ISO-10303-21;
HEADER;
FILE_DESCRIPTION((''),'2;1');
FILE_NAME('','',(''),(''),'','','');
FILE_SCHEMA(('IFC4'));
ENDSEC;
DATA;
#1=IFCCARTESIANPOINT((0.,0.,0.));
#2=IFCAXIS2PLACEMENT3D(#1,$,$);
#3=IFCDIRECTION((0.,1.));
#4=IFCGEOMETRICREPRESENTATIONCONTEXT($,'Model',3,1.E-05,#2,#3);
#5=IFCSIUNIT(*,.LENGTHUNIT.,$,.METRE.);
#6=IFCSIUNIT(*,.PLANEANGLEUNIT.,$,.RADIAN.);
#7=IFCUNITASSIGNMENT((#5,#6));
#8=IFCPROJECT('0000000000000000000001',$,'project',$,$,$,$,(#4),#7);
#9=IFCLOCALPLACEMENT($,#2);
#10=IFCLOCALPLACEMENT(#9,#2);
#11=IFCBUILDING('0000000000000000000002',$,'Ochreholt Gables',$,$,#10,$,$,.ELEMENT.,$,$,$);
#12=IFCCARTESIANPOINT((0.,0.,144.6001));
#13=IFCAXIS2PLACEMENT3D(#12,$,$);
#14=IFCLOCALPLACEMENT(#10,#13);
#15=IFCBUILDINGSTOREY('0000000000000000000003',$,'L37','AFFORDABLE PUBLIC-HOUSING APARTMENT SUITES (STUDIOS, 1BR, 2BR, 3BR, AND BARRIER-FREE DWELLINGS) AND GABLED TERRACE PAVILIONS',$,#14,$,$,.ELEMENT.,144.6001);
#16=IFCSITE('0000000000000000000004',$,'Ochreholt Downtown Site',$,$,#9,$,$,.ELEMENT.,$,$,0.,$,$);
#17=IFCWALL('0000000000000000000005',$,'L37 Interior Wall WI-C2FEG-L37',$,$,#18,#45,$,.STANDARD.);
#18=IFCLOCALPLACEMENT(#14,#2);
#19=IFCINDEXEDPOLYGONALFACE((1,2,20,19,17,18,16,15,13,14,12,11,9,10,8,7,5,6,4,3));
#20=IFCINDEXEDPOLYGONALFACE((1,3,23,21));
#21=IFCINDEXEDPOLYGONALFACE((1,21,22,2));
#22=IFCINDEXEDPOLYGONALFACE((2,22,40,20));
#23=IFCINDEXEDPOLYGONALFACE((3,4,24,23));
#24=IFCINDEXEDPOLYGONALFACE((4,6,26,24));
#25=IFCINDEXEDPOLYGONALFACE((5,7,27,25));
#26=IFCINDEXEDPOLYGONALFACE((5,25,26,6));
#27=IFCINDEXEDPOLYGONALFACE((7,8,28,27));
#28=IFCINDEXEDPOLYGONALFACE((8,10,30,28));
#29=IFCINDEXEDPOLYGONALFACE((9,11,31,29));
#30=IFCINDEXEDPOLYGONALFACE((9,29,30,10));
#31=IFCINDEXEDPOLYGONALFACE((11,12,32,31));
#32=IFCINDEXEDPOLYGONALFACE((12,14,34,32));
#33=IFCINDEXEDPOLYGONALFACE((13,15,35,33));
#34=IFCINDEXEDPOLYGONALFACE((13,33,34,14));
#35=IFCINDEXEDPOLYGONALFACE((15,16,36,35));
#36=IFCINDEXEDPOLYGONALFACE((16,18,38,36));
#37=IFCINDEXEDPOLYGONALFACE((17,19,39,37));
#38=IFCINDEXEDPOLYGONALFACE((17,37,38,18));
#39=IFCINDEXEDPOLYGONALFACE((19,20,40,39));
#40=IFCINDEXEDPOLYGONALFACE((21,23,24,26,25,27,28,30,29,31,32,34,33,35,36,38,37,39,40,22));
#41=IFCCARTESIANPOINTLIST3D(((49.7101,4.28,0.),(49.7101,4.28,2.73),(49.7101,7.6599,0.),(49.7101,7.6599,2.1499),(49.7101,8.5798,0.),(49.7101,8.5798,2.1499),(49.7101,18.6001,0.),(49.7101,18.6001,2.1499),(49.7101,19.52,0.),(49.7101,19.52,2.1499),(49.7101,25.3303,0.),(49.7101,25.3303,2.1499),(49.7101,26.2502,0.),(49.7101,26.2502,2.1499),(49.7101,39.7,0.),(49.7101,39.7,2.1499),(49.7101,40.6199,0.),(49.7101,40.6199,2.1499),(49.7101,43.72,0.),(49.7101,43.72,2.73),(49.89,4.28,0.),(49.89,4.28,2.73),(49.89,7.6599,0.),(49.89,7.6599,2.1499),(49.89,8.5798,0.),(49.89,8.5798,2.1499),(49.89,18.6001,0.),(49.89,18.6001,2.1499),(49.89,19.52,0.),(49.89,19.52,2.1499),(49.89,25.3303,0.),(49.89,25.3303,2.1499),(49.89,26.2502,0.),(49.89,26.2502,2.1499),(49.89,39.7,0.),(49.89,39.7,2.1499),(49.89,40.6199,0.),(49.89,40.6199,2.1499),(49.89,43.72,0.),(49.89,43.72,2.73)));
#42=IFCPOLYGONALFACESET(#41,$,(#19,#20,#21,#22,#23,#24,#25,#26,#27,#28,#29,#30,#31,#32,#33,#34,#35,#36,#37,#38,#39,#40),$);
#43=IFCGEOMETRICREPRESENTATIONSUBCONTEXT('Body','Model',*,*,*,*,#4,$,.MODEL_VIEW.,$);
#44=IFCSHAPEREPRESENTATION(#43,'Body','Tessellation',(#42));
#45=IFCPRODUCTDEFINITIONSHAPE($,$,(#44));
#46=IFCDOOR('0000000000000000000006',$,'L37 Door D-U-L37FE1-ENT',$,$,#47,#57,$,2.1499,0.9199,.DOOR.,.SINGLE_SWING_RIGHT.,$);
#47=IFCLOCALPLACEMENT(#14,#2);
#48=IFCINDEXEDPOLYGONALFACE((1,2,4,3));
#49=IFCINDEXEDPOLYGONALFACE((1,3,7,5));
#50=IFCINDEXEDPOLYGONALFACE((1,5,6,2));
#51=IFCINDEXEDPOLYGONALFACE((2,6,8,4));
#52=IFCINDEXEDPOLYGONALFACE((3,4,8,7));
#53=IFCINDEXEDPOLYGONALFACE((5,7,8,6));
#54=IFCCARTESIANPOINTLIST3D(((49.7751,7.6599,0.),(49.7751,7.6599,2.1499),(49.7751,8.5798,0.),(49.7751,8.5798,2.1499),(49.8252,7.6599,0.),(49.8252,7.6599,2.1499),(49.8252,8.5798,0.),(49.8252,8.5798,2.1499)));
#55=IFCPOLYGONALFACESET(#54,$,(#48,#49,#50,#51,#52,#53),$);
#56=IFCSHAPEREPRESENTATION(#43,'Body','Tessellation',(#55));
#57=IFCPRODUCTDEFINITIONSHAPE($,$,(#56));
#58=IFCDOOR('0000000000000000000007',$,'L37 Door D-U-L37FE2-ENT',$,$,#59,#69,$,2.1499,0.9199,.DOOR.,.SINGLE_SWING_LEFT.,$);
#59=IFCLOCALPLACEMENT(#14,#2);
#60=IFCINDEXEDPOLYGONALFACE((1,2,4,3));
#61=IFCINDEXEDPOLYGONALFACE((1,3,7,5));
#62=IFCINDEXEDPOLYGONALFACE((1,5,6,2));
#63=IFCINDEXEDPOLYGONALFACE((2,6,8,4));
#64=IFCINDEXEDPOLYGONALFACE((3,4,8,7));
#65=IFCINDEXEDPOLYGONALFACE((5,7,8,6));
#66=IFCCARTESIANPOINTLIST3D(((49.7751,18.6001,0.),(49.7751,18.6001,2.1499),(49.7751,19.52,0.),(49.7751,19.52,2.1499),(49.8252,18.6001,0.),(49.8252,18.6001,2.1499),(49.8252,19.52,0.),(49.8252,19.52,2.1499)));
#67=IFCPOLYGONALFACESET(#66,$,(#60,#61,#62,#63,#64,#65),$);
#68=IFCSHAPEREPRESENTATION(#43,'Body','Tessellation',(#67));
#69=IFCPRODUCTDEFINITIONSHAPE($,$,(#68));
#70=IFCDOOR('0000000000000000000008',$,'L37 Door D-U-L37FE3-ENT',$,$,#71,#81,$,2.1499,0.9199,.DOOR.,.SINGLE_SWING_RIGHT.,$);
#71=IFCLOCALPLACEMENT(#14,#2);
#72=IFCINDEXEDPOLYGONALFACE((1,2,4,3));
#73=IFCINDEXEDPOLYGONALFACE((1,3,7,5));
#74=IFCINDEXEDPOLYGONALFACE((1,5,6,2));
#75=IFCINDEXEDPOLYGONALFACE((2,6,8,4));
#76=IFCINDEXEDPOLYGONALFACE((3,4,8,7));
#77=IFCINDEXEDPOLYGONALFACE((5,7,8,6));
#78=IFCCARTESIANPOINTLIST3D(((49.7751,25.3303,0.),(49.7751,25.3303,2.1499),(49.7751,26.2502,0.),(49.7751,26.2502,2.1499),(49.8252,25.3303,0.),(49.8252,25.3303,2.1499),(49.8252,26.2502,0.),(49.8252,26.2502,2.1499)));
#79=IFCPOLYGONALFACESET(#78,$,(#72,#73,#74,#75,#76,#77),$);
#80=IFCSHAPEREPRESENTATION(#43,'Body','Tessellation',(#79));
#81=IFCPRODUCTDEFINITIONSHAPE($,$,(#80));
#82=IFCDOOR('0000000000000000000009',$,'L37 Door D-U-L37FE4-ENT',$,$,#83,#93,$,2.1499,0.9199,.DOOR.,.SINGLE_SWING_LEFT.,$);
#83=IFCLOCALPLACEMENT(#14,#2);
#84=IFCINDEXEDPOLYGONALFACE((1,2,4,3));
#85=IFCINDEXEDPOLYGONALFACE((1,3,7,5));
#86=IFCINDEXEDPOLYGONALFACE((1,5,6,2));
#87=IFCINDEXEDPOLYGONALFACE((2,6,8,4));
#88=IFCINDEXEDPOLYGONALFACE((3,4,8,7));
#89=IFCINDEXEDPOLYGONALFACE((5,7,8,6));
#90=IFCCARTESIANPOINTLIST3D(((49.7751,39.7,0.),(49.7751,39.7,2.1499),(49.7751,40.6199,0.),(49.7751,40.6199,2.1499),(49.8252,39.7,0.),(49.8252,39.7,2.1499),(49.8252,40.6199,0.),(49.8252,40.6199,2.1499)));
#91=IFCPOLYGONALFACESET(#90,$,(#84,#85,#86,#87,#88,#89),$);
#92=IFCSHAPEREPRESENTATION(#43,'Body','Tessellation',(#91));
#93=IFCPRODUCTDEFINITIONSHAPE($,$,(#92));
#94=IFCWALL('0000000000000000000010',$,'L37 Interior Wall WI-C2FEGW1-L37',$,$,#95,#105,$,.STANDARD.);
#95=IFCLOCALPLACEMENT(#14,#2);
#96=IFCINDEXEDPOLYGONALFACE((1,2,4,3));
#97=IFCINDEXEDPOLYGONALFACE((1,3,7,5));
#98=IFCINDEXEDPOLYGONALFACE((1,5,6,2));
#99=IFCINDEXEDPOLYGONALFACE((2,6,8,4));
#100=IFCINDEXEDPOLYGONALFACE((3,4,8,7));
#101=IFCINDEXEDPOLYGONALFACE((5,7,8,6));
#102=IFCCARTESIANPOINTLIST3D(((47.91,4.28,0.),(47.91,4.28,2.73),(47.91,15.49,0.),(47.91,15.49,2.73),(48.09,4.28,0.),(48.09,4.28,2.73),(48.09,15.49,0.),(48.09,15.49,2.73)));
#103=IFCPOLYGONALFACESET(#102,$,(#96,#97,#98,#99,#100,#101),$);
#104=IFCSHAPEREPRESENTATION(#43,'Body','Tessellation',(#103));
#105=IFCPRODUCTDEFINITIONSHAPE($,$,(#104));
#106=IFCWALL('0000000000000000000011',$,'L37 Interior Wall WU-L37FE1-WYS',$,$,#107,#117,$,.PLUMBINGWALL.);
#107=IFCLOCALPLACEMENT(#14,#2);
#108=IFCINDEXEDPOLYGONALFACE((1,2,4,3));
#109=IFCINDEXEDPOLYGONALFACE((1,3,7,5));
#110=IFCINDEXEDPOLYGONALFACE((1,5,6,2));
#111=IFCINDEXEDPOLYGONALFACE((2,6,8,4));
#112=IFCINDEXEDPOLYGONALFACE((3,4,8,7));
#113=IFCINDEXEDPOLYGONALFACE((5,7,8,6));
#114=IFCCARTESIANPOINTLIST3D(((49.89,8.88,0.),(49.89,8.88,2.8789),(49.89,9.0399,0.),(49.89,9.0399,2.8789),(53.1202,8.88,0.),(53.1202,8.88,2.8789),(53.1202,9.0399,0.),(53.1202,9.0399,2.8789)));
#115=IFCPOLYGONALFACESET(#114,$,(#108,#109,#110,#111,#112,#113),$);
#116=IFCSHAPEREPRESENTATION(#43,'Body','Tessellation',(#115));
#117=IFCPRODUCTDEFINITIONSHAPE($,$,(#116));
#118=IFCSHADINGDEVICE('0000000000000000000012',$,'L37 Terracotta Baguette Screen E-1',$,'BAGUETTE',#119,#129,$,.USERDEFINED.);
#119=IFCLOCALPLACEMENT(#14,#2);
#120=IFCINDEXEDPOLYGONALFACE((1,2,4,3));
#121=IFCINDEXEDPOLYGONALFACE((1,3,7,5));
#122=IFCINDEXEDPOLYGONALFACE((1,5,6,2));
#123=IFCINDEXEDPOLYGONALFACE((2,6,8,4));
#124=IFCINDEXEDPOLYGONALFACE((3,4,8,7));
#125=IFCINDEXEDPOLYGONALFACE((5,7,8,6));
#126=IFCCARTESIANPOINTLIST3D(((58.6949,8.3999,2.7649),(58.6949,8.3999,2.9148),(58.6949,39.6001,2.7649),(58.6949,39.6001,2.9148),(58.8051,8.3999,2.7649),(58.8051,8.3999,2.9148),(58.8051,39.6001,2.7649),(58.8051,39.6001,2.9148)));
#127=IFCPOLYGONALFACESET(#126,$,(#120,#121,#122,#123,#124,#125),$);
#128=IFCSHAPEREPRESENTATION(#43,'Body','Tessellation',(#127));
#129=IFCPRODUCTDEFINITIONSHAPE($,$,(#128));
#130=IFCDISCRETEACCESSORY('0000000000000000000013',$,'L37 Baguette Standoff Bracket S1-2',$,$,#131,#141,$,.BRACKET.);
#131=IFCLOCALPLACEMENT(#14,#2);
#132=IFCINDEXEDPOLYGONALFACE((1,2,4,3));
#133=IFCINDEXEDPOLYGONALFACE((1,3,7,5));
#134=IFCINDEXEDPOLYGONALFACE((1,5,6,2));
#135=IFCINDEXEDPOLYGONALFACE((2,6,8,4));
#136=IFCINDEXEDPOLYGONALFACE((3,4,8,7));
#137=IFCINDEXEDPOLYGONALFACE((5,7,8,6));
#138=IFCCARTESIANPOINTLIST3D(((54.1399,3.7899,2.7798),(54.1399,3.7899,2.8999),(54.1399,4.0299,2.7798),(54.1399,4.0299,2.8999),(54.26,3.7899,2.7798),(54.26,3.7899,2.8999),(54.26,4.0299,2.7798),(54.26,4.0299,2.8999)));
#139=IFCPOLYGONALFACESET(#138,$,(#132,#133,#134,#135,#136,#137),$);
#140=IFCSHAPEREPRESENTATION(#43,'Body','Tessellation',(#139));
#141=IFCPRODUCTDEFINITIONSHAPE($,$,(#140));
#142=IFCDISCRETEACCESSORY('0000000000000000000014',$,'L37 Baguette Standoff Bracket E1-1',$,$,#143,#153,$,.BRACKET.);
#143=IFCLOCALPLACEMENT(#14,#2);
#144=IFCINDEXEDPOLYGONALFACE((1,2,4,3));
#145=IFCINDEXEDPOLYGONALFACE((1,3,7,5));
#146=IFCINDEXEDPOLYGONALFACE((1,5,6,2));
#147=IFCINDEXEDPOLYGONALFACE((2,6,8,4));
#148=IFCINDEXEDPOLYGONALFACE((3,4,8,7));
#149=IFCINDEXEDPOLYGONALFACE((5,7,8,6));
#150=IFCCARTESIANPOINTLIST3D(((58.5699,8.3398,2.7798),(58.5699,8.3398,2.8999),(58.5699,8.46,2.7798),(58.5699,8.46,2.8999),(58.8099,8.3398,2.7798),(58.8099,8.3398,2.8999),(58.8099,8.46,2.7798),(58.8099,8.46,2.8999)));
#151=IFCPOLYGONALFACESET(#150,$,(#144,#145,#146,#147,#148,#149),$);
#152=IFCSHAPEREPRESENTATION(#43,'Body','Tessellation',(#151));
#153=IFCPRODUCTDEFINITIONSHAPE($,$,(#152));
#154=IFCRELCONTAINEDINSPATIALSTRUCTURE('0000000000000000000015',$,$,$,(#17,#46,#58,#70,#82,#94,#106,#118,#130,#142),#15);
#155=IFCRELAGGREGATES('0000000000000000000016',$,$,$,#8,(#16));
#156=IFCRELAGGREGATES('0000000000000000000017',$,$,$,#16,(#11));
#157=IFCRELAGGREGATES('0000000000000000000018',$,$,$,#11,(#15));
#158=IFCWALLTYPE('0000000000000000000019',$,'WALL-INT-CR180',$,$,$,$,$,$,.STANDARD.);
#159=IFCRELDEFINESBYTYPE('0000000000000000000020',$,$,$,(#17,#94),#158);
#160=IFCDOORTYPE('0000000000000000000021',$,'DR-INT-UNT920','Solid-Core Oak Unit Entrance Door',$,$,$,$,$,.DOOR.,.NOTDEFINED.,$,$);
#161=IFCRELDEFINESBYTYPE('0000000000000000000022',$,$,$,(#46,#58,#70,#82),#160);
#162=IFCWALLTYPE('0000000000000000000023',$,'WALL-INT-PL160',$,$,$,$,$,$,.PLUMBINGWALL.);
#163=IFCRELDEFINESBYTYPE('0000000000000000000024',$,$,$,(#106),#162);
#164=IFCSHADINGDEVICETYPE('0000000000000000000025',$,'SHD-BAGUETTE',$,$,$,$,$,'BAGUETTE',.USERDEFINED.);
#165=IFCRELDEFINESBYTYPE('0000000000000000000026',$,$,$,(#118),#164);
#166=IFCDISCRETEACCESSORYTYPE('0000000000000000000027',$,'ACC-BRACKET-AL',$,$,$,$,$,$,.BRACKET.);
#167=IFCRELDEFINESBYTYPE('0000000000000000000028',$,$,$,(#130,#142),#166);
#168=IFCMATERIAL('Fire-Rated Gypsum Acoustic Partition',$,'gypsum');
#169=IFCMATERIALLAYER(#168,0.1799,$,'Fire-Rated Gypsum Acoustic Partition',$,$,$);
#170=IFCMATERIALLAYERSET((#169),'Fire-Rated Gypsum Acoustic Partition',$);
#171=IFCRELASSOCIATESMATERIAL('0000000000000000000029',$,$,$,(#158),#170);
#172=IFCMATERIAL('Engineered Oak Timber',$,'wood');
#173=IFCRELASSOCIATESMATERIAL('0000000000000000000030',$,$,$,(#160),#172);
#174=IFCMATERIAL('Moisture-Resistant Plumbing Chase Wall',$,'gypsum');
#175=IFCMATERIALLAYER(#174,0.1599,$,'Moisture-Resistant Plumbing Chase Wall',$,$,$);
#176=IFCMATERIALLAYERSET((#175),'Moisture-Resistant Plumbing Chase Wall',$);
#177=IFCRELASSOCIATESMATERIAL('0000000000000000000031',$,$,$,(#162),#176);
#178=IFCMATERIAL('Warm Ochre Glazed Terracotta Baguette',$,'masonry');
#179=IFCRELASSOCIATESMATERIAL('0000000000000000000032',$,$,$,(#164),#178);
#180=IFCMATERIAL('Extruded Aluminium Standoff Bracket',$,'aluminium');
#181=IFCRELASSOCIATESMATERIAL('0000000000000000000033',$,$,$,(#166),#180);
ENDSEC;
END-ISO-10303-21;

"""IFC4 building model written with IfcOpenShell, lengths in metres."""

from ifc_helpers import new_model, si_unit, direction, frame, frame_2d, origin, origin_2d, place, context, subcontext, project, spatial, rectangle, extrude, material, layer, layer_set, material_profile, profile_set, type_object, element, fill, save


model = new_model("IFC4")

# Units and contexts
model_context = context("Model", 3, precision=1e-05, world=origin(), true_north=direction((0.0, 1.0)))
body_context = subcontext(model_context, "Body", "Model", "MODEL_VIEW")
ifc_project = project(units=[si_unit("LENGTHUNIT", "METRE"), si_unit("PLANEANGLEUNIT", "RADIAN")], contexts=[model_context])

# Site, building, storey
site_placement = place(None, origin())
site = spatial("IfcSite", under=ifc_project, at=site_placement, Name="Ochreholt Downtown Site", CompositionType="ELEMENT", RefElevation=0.0)
building_placement = place(site_placement, origin())
building = spatial("IfcBuilding", under=site, at=building_placement, Name="Ochreholt Gables", CompositionType="ELEMENT")
storey_placement = place(building_placement, frame((0.0, 0.0, 144.6001)))
storey = spatial("IfcBuildingStorey", under=building, at=storey_placement, Name="L37", Description="AFFORDABLE PUBLIC-HOUSING APARTMENT SUITES (STUDIOS, 1BR, 2BR, 3BR, AND BARRIER-FREE DWELLINGS) AND GABLED TERRACE PAVILIONS", CompositionType="ELEMENT", Elevation=144.6001)

# Wall, openings, doors
ifc_material_1 = material(Name="Fire-Rated Gypsum Acoustic Partition", Category="gypsum")
ifc_layer_1 = layer(ifc_material_1, 0.1799, Name="Fire-Rated Gypsum Acoustic Partition")
ifc_layer_set_1 = layer_set([ifc_layer_1], Name="Fire-Rated Gypsum Acoustic Partition")
wall_type_1 = type_object("IfcWallType", Name="WALL-INT-CR180", PredefinedType="STANDARD", material=ifc_layer_set_1)
wall_1_placement = place(storey_placement, frame((49.8, 4.28, 0.0), z_axis=(0.0, 0.0, 1.0), x_axis=(0.0, 1.0, 0.0)))
wall_1 = element("IfcWall", 1, at=wall_1_placement, inside=storey, type_object=wall_type_1, Name="L37 Interior Wall WI-C2FEG-L37", PredefinedType="STANDARD", context=body_context, shape_type="SweptSolid", body=[
    extrude(rectangle(XDim=39.4399, YDim=0.1799, at=frame_2d((19.72, 0.0))), origin(), (0.0, 0.0, 1.0), 2.73),
])
opening_1_placement = place(wall_1_placement, frame((3.3799, 0.0, 0.0)))
opening_1 = element("IfcOpeningElement", 2, at=opening_1_placement, cuts=wall_1, PredefinedType="OPENING", context=body_context, shape_type="SweptSolid", body=[
    extrude(rectangle(XDim=0.9199, YDim=2.1499, at=frame_2d((0.46, 1.075))), frame((0.0, 0.0999, 0.0), z_axis=(0.0, -1.0, 0.0), x_axis=(1.0, 0.0, 0.0)), (0.0, 0.0, 1.0), 0.2),
])
opening_2_placement = place(wall_1_placement, frame((14.3201, 0.0, 0.0)))
opening_2 = element("IfcOpeningElement", 3, at=opening_2_placement, cuts=wall_1, PredefinedType="OPENING", context=body_context, shape_type="SweptSolid", body=[
    extrude(rectangle(XDim=0.9199, YDim=2.1499, at=frame_2d((0.46, 1.075))), frame((0.0, 0.0999, 0.0), z_axis=(0.0, -1.0, 0.0), x_axis=(1.0, 0.0, 0.0)), (0.0, 0.0, 1.0), 0.2),
])
opening_3_placement = place(wall_1_placement, frame((21.0503, 0.0, 0.0)))
opening_3 = element("IfcOpeningElement", 4, at=opening_3_placement, cuts=wall_1, PredefinedType="OPENING", context=body_context, shape_type="SweptSolid", body=[
    extrude(rectangle(XDim=0.9199, YDim=2.1499, at=frame_2d((0.46, 1.075))), frame((0.0, 0.0999, 0.0), z_axis=(0.0, -1.0, 0.0), x_axis=(1.0, 0.0, 0.0)), (0.0, 0.0, 1.0), 0.2),
])
opening_4_placement = place(wall_1_placement, frame((35.4199, 0.0, 0.0)))
opening_4 = element("IfcOpeningElement", 5, at=opening_4_placement, cuts=wall_1, PredefinedType="OPENING", context=body_context, shape_type="SweptSolid", body=[
    extrude(rectangle(XDim=0.9199, YDim=2.1499, at=frame_2d((0.46, 1.075))), frame((0.0, 0.0999, 0.0), z_axis=(0.0, -1.0, 0.0), x_axis=(1.0, 0.0, 0.0)), (0.0, 0.0, 1.0), 0.2),
])
ifc_material_2 = material(Name="Engineered Oak Timber", Category="wood")
door_type_1 = type_object("IfcDoorType", Name="DR-INT-UNT920", Description="Solid-Core Oak Unit Entrance Door", OperationType="NOTDEFINED", PredefinedType="DOOR", material=ifc_material_2)
door_1_placement = place(opening_1_placement, origin())
door_1 = element("IfcDoor", 6, at=door_1_placement, inside=storey, type_object=door_type_1, Name="L37 Door D-U-L37FE1-ENT", OperationType="SINGLE_SWING_RIGHT", OverallHeight=2.1499, OverallWidth=0.9199, PredefinedType="DOOR", context=body_context, shape_type="SweptSolid", body=[
    extrude(rectangle(XDim=0.9199, YDim=2.1499, at=frame_2d((0.46, 1.075))), frame((0.0, 0.0249, 0.0), z_axis=(0.0, -1.0, 0.0), x_axis=(1.0, 0.0, 0.0)), (0.0, 0.0, 1.0), 0.05),
])
fill(opening_1, door_1)
door_2_placement = place(opening_2_placement, origin())
door_2 = element("IfcDoor", 7, at=door_2_placement, inside=storey, type_object=door_type_1, Name="L37 Door D-U-L37FE2-ENT", OperationType="SINGLE_SWING_LEFT", OverallHeight=2.1499, OverallWidth=0.9199, PredefinedType="DOOR", context=body_context, shape_type="SweptSolid", body=[
    extrude(rectangle(XDim=0.9199, YDim=2.1499, at=frame_2d((0.46, 1.075))), frame((0.0, 0.0249, 0.0), z_axis=(0.0, -1.0, 0.0), x_axis=(1.0, 0.0, 0.0)), (0.0, 0.0, 1.0), 0.05),
])
fill(opening_2, door_2)
door_3_placement = place(opening_3_placement, origin())
door_3 = element("IfcDoor", 8, at=door_3_placement, inside=storey, type_object=door_type_1, Name="L37 Door D-U-L37FE3-ENT", OperationType="SINGLE_SWING_RIGHT", OverallHeight=2.1499, OverallWidth=0.9199, PredefinedType="DOOR", context=body_context, shape_type="SweptSolid", body=[
    extrude(rectangle(XDim=0.9199, YDim=2.1499, at=frame_2d((0.46, 1.075))), frame((0.0, 0.0249, 0.0), z_axis=(0.0, -1.0, 0.0), x_axis=(1.0, 0.0, 0.0)), (0.0, 0.0, 1.0), 0.05),
])
fill(opening_3, door_3)
door_4_placement = place(opening_4_placement, origin())
door_4 = element("IfcDoor", 9, at=door_4_placement, inside=storey, type_object=door_type_1, Name="L37 Door D-U-L37FE4-ENT", OperationType="SINGLE_SWING_LEFT", OverallHeight=2.1499, OverallWidth=0.9199, PredefinedType="DOOR", context=body_context, shape_type="SweptSolid", body=[
    extrude(rectangle(XDim=0.9199, YDim=2.1499, at=frame_2d((0.46, 1.075))), frame((0.0, 0.0249, 0.0), z_axis=(0.0, -1.0, 0.0), x_axis=(1.0, 0.0, 0.0)), (0.0, 0.0, 1.0), 0.05),
])
fill(opening_4, door_4)

# Walls
wall_2_placement = place(storey_placement, frame((48.0, 4.28, 0.0), z_axis=(0.0, 0.0, 1.0), x_axis=(0.0, 1.0, 0.0)))
element("IfcWall", 10, at=wall_2_placement, inside=storey, type_object=wall_type_1, Name="L37 Interior Wall WI-C2FEGW1-L37", PredefinedType="STANDARD", context=body_context, shape_type="SweptSolid", body=[
    extrude(rectangle(XDim=11.21, YDim=0.1799, at=frame_2d((5.605, 0.0))), origin(), (0.0, 0.0, 1.0), 2.73),
])
ifc_material_3 = material(Name="Moisture-Resistant Plumbing Chase Wall", Category="gypsum")
ifc_layer_2 = layer(ifc_material_3, 0.1599, Name="Moisture-Resistant Plumbing Chase Wall")
ifc_layer_set_2 = layer_set([ifc_layer_2], Name="Moisture-Resistant Plumbing Chase Wall")
wall_type_2 = type_object("IfcWallType", Name="WALL-INT-PL160", PredefinedType="PLUMBINGWALL", material=ifc_layer_set_2)
wall_3_placement = place(storey_placement, frame((49.8899, 8.96, 0.0), z_axis=(0.0, 0.0, 1.0), x_axis=(1.0, 0.0, 0.0)))
element("IfcWall", 11, at=wall_3_placement, inside=storey, type_object=wall_type_2, Name="L37 Interior Wall WU-L37FE1-WYS", PredefinedType="PLUMBINGWALL", context=body_context, shape_type="SweptSolid", body=[
    extrude(rectangle(XDim=3.2302, YDim=0.1599, at=frame_2d((1.6152, 0.0))), origin(), (0.0, 0.0, 1.0), 2.8789),
])

# Shading device
ifc_material_4 = material(Name="Warm Ochre Glazed Terracotta Baguette", Category="masonry")
ifc_material_profile_1 = material_profile(ifc_material_4, rectangle(XDim=0.1101, YDim=0.1499, at=origin_2d()), Name="TCBAG110X150")
ifc_profile_set_1 = profile_set([ifc_material_profile_1], Name="Warm Ochre Glazed Terracotta Baguette")
shading_device_type = type_object("IfcShadingDeviceType", Name="SHD-BAGUETTE", ElementType="BAGUETTE", PredefinedType="USERDEFINED", material=ifc_profile_set_1)
shading_device_placement = place(storey_placement, frame((58.75, 8.3999, 2.8398), z_axis=(0.0, 1.0, 0.0), x_axis=(-1.0, 0.0, 0.0)))
element("IfcShadingDevice", 12, at=shading_device_placement, inside=storey, type_object=shading_device_type, Name="L37 Terracotta Baguette Screen E-1", ObjectType="BAGUETTE", PredefinedType="USERDEFINED", context=body_context, shape_type="SweptSolid", body=[
    extrude(rectangle(XDim=0.1101, YDim=0.1499, at=origin_2d()), origin(), (0.0, 0.0, 1.0), 31.2002),
])

# Discrete accessories
ifc_material_5 = material(Name="Extruded Aluminium Standoff Bracket", Category="aluminium")
discrete_accessory_type = type_object("IfcDiscreteAccessoryType", Name="ACC-BRACKET-AL", PredefinedType="BRACKET", material=ifc_material_5)
for number, where, z_axis, x_axis, name in (
    (13, (54.2, 3.9099, 2.7798), (0.0, 0.0, 1.0), (1.0, 0.0, 0.0), "L37 Baguette Standoff Bracket S1-2"),
    (14, (58.6899, 8.3999, 2.7798), (0.0, 0.0, 1.0), (0.0, 1.0, 0.0), "L37 Baguette Standoff Bracket E1-1"),
):
    element("IfcDiscreteAccessory", number, at=place(storey_placement, frame(where, z_axis=z_axis, x_axis=x_axis)), inside=storey, type_object=discrete_accessory_type, Name=name, PredefinedType="BRACKET", context=body_context, shape_type="SweptSolid", body=[
        extrude(rectangle(XDim=0.1201, YDim=0.24, at=origin_2d()), origin(), (0.0, 0.0, 1.0), 0.1201),
    ])

save(model, "model.ifc")
